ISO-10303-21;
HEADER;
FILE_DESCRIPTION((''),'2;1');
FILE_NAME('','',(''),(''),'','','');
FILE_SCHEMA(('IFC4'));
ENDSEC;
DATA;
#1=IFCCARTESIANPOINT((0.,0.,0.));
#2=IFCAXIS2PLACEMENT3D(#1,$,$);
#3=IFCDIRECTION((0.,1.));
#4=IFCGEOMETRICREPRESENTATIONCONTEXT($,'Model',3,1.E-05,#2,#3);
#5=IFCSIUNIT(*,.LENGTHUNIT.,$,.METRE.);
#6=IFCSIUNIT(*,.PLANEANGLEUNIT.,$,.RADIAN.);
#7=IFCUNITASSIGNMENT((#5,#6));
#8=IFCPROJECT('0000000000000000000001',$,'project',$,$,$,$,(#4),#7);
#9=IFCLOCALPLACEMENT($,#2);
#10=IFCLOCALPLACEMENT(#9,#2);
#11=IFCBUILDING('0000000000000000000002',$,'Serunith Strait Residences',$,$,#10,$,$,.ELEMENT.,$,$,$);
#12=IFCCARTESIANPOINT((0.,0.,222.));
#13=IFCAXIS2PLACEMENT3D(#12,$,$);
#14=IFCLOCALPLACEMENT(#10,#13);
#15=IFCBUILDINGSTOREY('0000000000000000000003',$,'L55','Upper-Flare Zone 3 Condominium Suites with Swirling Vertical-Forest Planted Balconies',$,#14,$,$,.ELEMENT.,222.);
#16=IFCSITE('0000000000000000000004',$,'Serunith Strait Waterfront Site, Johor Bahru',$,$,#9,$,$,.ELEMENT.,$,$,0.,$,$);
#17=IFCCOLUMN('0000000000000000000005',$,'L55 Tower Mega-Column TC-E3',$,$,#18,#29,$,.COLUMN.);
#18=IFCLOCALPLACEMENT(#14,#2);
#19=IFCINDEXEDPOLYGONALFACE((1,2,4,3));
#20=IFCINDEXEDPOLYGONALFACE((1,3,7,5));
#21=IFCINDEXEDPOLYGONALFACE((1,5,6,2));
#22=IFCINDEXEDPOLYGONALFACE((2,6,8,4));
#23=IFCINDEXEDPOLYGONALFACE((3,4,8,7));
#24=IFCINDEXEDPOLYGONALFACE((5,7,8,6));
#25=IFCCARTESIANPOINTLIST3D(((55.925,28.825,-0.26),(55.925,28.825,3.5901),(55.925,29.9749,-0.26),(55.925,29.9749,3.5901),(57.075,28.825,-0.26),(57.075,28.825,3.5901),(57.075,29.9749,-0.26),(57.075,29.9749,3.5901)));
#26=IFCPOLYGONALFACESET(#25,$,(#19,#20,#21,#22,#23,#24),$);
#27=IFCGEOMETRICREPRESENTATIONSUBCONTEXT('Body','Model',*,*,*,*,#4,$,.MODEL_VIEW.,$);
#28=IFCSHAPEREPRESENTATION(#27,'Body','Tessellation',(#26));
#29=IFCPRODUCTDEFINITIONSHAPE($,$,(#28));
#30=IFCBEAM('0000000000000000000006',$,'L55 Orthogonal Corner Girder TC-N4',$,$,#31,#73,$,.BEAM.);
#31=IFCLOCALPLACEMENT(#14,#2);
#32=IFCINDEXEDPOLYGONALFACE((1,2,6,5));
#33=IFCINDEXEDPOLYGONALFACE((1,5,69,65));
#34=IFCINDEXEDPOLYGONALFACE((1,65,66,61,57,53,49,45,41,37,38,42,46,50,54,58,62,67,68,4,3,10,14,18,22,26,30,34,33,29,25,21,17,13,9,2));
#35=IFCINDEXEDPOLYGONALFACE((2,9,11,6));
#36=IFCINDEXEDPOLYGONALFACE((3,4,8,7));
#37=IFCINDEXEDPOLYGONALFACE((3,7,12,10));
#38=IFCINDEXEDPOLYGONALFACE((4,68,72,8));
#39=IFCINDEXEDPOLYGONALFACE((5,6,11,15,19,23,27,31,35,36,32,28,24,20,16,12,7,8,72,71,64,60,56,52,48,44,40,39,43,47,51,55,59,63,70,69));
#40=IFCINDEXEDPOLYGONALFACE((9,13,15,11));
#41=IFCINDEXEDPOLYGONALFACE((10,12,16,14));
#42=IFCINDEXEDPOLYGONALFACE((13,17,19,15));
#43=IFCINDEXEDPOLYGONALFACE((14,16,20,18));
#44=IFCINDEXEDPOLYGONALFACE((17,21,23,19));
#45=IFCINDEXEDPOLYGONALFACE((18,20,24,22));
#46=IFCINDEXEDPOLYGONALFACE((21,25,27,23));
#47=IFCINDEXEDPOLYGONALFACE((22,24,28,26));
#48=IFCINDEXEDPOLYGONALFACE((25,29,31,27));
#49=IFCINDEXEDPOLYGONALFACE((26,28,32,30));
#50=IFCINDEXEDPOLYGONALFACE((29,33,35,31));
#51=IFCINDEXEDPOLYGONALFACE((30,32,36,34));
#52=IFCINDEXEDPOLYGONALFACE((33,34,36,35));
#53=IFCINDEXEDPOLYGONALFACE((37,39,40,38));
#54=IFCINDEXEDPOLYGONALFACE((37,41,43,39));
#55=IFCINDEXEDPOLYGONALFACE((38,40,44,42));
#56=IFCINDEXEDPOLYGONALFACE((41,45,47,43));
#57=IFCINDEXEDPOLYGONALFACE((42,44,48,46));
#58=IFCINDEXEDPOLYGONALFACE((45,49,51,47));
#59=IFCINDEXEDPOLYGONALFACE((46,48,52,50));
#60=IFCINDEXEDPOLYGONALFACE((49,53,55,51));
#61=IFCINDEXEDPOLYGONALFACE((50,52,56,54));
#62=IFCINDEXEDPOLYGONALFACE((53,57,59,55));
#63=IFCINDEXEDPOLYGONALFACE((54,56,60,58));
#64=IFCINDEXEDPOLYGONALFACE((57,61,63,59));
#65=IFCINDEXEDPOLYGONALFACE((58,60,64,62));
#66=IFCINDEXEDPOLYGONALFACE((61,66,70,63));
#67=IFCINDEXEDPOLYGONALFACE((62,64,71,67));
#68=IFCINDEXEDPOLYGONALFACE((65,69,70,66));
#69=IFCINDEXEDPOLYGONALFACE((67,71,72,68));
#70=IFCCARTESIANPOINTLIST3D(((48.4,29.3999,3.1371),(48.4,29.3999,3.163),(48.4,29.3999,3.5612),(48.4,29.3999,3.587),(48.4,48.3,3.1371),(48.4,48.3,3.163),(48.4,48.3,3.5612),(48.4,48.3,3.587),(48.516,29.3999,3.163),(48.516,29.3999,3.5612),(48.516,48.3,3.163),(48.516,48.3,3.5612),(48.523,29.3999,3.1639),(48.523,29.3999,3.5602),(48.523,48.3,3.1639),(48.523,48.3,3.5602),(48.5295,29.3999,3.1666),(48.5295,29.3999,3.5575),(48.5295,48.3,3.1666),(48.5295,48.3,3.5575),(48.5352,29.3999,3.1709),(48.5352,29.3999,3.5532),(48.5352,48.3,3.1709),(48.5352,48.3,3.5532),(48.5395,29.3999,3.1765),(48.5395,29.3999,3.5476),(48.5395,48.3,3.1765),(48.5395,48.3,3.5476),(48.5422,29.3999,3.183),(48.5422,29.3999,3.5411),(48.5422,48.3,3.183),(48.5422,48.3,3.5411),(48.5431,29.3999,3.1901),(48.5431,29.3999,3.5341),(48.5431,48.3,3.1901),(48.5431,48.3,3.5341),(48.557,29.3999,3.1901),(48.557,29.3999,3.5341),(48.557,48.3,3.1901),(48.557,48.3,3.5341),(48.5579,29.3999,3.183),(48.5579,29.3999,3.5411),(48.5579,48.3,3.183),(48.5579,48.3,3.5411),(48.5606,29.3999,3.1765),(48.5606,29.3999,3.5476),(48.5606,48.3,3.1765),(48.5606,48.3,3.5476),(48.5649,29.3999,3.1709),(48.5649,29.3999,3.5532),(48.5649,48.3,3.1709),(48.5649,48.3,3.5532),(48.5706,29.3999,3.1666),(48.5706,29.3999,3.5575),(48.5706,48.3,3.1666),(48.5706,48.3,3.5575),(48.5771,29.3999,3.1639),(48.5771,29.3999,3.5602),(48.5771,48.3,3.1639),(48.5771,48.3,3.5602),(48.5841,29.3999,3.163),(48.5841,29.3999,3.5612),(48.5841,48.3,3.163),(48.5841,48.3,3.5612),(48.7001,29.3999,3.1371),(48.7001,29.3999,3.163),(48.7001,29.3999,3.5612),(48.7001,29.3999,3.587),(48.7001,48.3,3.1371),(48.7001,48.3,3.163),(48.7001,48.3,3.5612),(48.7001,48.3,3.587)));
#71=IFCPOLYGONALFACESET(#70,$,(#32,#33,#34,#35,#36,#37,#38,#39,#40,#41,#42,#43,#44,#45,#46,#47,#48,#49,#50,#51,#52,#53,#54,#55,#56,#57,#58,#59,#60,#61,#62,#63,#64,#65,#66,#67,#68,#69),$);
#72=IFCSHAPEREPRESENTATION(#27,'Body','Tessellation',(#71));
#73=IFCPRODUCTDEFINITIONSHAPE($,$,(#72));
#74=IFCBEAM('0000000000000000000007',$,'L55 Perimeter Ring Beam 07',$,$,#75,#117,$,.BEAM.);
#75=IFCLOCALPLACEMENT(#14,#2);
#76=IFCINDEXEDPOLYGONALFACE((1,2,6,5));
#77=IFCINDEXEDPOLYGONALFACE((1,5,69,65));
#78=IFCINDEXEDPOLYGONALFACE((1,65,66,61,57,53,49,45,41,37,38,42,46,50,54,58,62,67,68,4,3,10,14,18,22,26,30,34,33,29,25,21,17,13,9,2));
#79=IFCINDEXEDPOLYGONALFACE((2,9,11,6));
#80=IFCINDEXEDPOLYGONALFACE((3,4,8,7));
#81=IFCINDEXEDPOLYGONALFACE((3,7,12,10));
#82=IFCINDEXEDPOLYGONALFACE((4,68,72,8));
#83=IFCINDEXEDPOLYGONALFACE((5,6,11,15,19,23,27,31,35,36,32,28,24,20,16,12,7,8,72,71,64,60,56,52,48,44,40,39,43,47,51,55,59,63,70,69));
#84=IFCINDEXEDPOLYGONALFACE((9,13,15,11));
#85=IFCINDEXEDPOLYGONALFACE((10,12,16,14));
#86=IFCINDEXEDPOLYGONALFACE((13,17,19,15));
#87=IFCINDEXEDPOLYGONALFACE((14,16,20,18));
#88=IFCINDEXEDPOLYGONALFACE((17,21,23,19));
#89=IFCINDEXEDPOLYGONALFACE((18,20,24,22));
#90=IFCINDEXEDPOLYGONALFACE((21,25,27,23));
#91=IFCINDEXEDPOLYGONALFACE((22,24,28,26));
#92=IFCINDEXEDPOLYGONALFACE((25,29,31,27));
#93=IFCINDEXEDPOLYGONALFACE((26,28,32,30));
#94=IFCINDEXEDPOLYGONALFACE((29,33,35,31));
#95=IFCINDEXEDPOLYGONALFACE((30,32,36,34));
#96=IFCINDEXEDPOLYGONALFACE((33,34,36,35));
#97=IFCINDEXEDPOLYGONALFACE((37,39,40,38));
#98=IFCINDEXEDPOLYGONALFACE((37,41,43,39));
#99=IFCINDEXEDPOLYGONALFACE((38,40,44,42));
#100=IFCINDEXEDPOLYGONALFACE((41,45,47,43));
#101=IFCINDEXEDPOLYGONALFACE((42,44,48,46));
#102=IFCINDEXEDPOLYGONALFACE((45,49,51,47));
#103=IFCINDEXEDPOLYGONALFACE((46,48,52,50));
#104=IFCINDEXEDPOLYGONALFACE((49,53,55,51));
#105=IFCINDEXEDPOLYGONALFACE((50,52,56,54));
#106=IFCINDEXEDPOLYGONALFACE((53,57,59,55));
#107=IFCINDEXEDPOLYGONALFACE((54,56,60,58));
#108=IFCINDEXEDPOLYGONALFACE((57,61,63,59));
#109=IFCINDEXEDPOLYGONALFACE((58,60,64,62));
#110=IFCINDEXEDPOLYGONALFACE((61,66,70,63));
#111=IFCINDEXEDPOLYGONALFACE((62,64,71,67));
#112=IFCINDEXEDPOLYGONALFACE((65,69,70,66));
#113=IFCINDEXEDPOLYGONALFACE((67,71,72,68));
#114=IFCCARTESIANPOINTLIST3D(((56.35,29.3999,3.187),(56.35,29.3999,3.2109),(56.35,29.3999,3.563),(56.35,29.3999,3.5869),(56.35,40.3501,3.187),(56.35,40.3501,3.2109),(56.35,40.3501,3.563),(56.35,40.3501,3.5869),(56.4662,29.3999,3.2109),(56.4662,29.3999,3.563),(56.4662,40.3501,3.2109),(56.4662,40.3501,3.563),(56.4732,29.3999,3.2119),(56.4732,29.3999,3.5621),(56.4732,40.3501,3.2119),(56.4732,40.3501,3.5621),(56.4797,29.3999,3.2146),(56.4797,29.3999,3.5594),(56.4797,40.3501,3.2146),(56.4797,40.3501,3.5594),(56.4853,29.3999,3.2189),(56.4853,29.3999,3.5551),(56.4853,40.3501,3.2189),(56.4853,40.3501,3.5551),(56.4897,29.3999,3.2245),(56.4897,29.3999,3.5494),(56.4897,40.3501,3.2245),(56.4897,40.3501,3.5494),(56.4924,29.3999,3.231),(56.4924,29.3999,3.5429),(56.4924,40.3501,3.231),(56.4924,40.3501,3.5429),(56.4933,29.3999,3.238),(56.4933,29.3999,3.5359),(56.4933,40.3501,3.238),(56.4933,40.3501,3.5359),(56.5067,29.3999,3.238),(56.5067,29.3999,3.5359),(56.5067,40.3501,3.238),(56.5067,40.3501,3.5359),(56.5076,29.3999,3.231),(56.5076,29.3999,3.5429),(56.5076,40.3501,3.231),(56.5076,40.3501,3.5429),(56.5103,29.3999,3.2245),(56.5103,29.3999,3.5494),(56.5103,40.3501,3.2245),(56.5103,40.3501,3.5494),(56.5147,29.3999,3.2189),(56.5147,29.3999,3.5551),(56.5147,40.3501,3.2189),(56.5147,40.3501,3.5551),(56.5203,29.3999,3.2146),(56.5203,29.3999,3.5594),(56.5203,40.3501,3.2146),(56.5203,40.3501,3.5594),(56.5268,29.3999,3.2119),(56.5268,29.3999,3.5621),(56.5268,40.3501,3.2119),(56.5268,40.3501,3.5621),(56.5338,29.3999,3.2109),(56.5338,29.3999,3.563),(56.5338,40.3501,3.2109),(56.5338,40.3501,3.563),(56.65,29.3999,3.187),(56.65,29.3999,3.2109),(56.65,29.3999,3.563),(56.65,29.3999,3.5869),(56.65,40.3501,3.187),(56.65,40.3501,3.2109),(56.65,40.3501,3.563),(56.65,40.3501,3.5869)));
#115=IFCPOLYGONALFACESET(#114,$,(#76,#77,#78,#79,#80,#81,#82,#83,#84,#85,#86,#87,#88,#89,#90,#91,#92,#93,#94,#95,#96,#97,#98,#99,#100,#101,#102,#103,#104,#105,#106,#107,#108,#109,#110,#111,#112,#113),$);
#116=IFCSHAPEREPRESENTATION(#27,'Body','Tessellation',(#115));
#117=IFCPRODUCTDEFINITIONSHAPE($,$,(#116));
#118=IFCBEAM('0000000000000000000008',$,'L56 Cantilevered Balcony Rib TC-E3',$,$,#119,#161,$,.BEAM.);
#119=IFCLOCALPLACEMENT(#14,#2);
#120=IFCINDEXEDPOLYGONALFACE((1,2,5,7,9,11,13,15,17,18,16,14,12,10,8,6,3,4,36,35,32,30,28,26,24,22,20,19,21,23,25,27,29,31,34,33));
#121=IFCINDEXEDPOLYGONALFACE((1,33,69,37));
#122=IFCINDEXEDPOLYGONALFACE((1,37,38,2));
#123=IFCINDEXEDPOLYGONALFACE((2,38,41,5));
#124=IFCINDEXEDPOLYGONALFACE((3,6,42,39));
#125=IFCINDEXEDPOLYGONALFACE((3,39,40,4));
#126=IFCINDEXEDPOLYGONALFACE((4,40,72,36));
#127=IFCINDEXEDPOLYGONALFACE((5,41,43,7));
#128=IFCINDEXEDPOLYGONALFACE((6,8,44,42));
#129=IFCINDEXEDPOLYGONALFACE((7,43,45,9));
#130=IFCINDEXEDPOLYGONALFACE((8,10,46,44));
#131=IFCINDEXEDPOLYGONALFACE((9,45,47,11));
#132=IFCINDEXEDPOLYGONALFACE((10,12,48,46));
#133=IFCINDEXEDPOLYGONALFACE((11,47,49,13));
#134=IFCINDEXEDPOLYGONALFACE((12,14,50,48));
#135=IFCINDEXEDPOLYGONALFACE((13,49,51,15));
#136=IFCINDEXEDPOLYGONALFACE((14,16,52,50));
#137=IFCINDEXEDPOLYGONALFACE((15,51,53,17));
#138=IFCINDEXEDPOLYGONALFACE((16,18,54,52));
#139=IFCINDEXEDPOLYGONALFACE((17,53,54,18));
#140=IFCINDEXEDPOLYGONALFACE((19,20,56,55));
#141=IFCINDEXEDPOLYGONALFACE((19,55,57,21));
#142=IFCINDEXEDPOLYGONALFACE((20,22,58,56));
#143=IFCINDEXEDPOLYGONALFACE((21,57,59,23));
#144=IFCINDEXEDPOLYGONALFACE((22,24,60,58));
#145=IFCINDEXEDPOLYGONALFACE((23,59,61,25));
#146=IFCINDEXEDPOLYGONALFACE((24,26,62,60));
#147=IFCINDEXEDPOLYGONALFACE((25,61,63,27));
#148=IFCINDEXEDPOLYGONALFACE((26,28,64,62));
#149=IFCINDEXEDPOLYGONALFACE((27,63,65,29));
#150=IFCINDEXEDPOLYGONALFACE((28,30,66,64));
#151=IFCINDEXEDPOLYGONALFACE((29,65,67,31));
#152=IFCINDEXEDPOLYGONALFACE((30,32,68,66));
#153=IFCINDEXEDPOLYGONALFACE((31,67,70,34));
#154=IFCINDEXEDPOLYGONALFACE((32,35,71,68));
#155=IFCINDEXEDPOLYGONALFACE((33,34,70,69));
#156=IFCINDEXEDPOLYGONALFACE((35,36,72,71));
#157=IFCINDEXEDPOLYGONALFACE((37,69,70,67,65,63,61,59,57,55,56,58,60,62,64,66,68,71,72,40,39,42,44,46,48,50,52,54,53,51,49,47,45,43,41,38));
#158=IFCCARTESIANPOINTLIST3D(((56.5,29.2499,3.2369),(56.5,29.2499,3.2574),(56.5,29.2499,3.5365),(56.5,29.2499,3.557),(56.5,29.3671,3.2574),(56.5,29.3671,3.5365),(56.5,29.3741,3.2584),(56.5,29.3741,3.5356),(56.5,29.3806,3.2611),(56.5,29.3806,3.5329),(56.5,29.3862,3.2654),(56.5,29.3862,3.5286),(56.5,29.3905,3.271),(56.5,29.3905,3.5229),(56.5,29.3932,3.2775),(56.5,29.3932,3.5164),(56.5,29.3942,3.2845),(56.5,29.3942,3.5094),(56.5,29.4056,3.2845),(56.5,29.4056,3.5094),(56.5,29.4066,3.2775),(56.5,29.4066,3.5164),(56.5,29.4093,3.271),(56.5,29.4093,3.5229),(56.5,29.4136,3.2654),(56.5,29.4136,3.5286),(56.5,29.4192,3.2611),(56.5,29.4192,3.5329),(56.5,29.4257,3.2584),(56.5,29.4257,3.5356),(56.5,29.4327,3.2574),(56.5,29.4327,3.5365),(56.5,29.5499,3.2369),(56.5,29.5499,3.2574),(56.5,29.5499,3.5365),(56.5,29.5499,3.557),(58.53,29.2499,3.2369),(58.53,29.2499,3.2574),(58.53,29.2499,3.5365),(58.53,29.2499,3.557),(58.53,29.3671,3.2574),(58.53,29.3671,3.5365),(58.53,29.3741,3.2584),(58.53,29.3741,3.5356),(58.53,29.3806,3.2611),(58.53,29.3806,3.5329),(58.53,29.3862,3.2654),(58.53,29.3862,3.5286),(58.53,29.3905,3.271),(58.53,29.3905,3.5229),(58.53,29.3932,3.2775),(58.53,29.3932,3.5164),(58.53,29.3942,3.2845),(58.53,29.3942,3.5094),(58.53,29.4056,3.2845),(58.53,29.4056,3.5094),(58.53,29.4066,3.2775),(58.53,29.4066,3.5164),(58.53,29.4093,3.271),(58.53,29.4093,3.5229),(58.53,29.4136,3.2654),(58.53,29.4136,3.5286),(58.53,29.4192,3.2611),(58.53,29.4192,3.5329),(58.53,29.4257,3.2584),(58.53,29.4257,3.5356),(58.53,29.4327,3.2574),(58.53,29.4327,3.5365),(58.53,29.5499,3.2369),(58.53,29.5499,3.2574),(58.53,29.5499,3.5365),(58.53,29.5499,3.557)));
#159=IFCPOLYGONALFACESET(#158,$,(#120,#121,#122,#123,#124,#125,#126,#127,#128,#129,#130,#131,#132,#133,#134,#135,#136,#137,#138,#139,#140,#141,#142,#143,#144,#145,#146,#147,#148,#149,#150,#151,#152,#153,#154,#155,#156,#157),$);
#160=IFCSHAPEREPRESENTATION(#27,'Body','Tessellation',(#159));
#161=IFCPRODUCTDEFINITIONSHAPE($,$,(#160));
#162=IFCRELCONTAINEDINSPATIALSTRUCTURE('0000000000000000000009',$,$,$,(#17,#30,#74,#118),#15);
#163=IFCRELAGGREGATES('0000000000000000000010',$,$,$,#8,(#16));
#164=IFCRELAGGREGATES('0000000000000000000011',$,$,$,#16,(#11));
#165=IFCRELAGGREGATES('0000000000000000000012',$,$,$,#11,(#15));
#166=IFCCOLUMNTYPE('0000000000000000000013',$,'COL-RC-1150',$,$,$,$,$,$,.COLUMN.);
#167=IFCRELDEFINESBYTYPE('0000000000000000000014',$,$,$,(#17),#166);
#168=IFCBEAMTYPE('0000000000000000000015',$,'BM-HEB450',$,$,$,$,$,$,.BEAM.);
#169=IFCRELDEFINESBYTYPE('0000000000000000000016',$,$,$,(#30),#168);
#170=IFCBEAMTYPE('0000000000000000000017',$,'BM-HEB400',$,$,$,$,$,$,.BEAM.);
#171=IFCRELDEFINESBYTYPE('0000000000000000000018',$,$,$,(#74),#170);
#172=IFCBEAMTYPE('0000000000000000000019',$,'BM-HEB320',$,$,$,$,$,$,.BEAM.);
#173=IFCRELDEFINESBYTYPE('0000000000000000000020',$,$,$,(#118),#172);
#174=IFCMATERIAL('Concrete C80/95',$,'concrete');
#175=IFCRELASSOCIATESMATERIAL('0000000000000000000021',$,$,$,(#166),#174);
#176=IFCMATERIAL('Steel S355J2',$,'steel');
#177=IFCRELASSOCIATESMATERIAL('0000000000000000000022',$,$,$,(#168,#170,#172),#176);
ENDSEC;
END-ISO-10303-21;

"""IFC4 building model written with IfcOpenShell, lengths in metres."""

from ifc_helpers import new_model, si_unit, direction, frame, origin, origin_2d, place, context, subcontext, project, spatial, rectangle, i_section, extrude, source, transform, mapped, material, material_profile, profile_set, type_object, element, save


model = new_model("IFC4")

# Units and contexts
model_context = context("Model", 3, precision=1e-05, world=origin(), true_north=direction((0.0, 1.0)))
body_context = subcontext(model_context, "Body", "Model", "MODEL_VIEW")
ifc_project = project(units=[si_unit("LENGTHUNIT", "METRE"), si_unit("PLANEANGLEUNIT", "RADIAN")], contexts=[model_context])

# Site, building, storey
site_placement = place(None, origin())
site = spatial("IfcSite", under=ifc_project, at=site_placement, Name="Serunith Strait Waterfront Site, Johor Bahru", CompositionType="ELEMENT", RefElevation=0.0)
building_placement = place(site_placement, origin())
building = spatial("IfcBuilding", under=site, at=building_placement, Name="Serunith Strait Residences", CompositionType="ELEMENT")
storey_placement = place(building_placement, frame((0.0, 0.0, 222.0)))
storey = spatial("IfcBuildingStorey", under=building, at=storey_placement, Name="L55", Description="Upper-Flare Zone 3 Condominium Suites with Swirling Vertical-Forest Planted Balconies", CompositionType="ELEMENT", Elevation=222.0)

# Column
ifc_material_1 = material(Name="Concrete C80/95", Category="concrete")
ifc_material_profile_1 = material_profile(ifc_material_1, rectangle(XDim=1.1499, YDim=1.1499, at=origin_2d()), Name="RC 1150x1150")
ifc_profile_set_1 = profile_set([ifc_material_profile_1], Name="Concrete C80/95")
column_type = type_object("IfcColumnType", Name="COL-RC-1150", PredefinedType="COLUMN", material=ifc_profile_set_1)
shared_shape_1 = source(origin(), body_context, "Body", "SweptSolid", [
    extrude(rectangle(XDim=1.1499, YDim=1.1499, at=origin_2d()), origin(), (0.0, 0.0, 1.0), 3.8501),
])
column_placement = place(storey_placement, frame((56.5, 29.3999, -0.26), z_axis=(0.0, 0.0, 1.0), x_axis=(1.0, 0.0, 0.0)))
element("IfcColumn", 1, at=column_placement, inside=storey, type_object=column_type, Name="L55 Tower Mega-Column TC-E3", PredefinedType="COLUMN", context=body_context, shape_type="MappedRepresentation", body=[
    mapped(shared_shape_1, transform((0.0, 0.0, 0.0), scale=1.0)),
])

# Beams
ifc_material_2 = material(Name="Steel S355J2", Category="steel")
ifc_material_profile_2 = material_profile(ifc_material_2, i_section(OverallWidth=0.3, OverallDepth=0.45, WebThickness=0.0139, FlangeThickness=0.0259, FilletRadius=0.0271, at=origin_2d()), Name="HEB 450")
ifc_profile_set_2 = profile_set([ifc_material_profile_2], Name="Steel S355J2")
beam_type_1 = type_object("IfcBeamType", Name="BM-HEB450", PredefinedType="BEAM", material=ifc_profile_set_2)
shared_shape_2 = source(origin(), body_context, "Body", "SweptSolid", [
    extrude(i_section(OverallWidth=0.3, OverallDepth=0.45, WebThickness=0.0139, FlangeThickness=0.0259, FilletRadius=0.0271, at=origin_2d()), origin(), (0.0, 0.0, 1.0), 18.9001),
])
beam_1_placement = place(storey_placement, frame((48.55, 29.3999, 3.3621), z_axis=(0.0, 1.0, 0.0), x_axis=(-1.0, 0.0, 0.0)))
element("IfcBeam", 2, at=beam_1_placement, inside=storey, type_object=beam_type_1, Name="L55 Orthogonal Corner Girder TC-N4", PredefinedType="BEAM", context=body_context, shape_type="MappedRepresentation", body=[
    mapped(shared_shape_2, transform((0.0, 0.0, 0.0), scale=1.0)),
])
ifc_material_profile_3 = material_profile(ifc_material_2, i_section(OverallWidth=0.3, OverallDepth=0.3999, WebThickness=0.0134, FlangeThickness=0.0239, FilletRadius=0.0271, at=origin_2d()), Name="HEB 400")
ifc_profile_set_3 = profile_set([ifc_material_profile_3], Name="Steel S355J2")
beam_type_2 = type_object("IfcBeamType", Name="BM-HEB400", PredefinedType="BEAM", material=ifc_profile_set_3)
shared_shape_3 = source(origin(), body_context, "Body", "SweptSolid", [
    extrude(i_section(OverallWidth=0.3, OverallDepth=0.3999, WebThickness=0.0134, FlangeThickness=0.0239, FilletRadius=0.0271, at=origin_2d()), origin(), (0.0, 0.0, 1.0), 10.9502),
])
beam_2_placement = place(storey_placement, frame((56.5, 29.3999, 3.387), z_axis=(0.0, 1.0, 0.0), x_axis=(-1.0, 0.0, 0.0)))
element("IfcBeam", 3, at=beam_2_placement, inside=storey, type_object=beam_type_2, Name="L55 Perimeter Ring Beam 07", PredefinedType="BEAM", context=body_context, shape_type="MappedRepresentation", body=[
    mapped(shared_shape_3, transform((0.0, 0.0, 0.0), scale=1.0)),
])
ifc_material_profile_4 = material_profile(ifc_material_2, i_section(OverallWidth=0.3, OverallDepth=0.3201, WebThickness=0.0115, FlangeThickness=0.0205, FilletRadius=0.0271, at=origin_2d()), Name="HEB 320")
ifc_profile_set_4 = profile_set([ifc_material_profile_4], Name="Steel S355J2")
beam_type_3 = type_object("IfcBeamType", Name="BM-HEB320", PredefinedType="BEAM", material=ifc_profile_set_4)
shared_shape_4 = source(origin(), body_context, "Body", "SweptSolid", [
    extrude(i_section(OverallWidth=0.3, OverallDepth=0.3201, WebThickness=0.0115, FlangeThickness=0.0205, FilletRadius=0.0271, at=origin_2d()), origin(), (0.0, 0.0, 1.0), 2.03),
])
beam_3_placement = place(storey_placement, frame((56.5, 29.3999, 3.397), z_axis=(1.0, 0.0, 0.0), x_axis=(0.0, 1.0, 0.0)))
element("IfcBeam", 4, at=beam_3_placement, inside=storey, type_object=beam_type_3, Name="L56 Cantilevered Balcony Rib TC-E3", PredefinedType="BEAM", context=body_context, shape_type="MappedRepresentation", body=[
    mapped(shared_shape_4, transform((0.0, 0.0, 0.0), scale=1.0)),
])

save(model, "model.ifc")
